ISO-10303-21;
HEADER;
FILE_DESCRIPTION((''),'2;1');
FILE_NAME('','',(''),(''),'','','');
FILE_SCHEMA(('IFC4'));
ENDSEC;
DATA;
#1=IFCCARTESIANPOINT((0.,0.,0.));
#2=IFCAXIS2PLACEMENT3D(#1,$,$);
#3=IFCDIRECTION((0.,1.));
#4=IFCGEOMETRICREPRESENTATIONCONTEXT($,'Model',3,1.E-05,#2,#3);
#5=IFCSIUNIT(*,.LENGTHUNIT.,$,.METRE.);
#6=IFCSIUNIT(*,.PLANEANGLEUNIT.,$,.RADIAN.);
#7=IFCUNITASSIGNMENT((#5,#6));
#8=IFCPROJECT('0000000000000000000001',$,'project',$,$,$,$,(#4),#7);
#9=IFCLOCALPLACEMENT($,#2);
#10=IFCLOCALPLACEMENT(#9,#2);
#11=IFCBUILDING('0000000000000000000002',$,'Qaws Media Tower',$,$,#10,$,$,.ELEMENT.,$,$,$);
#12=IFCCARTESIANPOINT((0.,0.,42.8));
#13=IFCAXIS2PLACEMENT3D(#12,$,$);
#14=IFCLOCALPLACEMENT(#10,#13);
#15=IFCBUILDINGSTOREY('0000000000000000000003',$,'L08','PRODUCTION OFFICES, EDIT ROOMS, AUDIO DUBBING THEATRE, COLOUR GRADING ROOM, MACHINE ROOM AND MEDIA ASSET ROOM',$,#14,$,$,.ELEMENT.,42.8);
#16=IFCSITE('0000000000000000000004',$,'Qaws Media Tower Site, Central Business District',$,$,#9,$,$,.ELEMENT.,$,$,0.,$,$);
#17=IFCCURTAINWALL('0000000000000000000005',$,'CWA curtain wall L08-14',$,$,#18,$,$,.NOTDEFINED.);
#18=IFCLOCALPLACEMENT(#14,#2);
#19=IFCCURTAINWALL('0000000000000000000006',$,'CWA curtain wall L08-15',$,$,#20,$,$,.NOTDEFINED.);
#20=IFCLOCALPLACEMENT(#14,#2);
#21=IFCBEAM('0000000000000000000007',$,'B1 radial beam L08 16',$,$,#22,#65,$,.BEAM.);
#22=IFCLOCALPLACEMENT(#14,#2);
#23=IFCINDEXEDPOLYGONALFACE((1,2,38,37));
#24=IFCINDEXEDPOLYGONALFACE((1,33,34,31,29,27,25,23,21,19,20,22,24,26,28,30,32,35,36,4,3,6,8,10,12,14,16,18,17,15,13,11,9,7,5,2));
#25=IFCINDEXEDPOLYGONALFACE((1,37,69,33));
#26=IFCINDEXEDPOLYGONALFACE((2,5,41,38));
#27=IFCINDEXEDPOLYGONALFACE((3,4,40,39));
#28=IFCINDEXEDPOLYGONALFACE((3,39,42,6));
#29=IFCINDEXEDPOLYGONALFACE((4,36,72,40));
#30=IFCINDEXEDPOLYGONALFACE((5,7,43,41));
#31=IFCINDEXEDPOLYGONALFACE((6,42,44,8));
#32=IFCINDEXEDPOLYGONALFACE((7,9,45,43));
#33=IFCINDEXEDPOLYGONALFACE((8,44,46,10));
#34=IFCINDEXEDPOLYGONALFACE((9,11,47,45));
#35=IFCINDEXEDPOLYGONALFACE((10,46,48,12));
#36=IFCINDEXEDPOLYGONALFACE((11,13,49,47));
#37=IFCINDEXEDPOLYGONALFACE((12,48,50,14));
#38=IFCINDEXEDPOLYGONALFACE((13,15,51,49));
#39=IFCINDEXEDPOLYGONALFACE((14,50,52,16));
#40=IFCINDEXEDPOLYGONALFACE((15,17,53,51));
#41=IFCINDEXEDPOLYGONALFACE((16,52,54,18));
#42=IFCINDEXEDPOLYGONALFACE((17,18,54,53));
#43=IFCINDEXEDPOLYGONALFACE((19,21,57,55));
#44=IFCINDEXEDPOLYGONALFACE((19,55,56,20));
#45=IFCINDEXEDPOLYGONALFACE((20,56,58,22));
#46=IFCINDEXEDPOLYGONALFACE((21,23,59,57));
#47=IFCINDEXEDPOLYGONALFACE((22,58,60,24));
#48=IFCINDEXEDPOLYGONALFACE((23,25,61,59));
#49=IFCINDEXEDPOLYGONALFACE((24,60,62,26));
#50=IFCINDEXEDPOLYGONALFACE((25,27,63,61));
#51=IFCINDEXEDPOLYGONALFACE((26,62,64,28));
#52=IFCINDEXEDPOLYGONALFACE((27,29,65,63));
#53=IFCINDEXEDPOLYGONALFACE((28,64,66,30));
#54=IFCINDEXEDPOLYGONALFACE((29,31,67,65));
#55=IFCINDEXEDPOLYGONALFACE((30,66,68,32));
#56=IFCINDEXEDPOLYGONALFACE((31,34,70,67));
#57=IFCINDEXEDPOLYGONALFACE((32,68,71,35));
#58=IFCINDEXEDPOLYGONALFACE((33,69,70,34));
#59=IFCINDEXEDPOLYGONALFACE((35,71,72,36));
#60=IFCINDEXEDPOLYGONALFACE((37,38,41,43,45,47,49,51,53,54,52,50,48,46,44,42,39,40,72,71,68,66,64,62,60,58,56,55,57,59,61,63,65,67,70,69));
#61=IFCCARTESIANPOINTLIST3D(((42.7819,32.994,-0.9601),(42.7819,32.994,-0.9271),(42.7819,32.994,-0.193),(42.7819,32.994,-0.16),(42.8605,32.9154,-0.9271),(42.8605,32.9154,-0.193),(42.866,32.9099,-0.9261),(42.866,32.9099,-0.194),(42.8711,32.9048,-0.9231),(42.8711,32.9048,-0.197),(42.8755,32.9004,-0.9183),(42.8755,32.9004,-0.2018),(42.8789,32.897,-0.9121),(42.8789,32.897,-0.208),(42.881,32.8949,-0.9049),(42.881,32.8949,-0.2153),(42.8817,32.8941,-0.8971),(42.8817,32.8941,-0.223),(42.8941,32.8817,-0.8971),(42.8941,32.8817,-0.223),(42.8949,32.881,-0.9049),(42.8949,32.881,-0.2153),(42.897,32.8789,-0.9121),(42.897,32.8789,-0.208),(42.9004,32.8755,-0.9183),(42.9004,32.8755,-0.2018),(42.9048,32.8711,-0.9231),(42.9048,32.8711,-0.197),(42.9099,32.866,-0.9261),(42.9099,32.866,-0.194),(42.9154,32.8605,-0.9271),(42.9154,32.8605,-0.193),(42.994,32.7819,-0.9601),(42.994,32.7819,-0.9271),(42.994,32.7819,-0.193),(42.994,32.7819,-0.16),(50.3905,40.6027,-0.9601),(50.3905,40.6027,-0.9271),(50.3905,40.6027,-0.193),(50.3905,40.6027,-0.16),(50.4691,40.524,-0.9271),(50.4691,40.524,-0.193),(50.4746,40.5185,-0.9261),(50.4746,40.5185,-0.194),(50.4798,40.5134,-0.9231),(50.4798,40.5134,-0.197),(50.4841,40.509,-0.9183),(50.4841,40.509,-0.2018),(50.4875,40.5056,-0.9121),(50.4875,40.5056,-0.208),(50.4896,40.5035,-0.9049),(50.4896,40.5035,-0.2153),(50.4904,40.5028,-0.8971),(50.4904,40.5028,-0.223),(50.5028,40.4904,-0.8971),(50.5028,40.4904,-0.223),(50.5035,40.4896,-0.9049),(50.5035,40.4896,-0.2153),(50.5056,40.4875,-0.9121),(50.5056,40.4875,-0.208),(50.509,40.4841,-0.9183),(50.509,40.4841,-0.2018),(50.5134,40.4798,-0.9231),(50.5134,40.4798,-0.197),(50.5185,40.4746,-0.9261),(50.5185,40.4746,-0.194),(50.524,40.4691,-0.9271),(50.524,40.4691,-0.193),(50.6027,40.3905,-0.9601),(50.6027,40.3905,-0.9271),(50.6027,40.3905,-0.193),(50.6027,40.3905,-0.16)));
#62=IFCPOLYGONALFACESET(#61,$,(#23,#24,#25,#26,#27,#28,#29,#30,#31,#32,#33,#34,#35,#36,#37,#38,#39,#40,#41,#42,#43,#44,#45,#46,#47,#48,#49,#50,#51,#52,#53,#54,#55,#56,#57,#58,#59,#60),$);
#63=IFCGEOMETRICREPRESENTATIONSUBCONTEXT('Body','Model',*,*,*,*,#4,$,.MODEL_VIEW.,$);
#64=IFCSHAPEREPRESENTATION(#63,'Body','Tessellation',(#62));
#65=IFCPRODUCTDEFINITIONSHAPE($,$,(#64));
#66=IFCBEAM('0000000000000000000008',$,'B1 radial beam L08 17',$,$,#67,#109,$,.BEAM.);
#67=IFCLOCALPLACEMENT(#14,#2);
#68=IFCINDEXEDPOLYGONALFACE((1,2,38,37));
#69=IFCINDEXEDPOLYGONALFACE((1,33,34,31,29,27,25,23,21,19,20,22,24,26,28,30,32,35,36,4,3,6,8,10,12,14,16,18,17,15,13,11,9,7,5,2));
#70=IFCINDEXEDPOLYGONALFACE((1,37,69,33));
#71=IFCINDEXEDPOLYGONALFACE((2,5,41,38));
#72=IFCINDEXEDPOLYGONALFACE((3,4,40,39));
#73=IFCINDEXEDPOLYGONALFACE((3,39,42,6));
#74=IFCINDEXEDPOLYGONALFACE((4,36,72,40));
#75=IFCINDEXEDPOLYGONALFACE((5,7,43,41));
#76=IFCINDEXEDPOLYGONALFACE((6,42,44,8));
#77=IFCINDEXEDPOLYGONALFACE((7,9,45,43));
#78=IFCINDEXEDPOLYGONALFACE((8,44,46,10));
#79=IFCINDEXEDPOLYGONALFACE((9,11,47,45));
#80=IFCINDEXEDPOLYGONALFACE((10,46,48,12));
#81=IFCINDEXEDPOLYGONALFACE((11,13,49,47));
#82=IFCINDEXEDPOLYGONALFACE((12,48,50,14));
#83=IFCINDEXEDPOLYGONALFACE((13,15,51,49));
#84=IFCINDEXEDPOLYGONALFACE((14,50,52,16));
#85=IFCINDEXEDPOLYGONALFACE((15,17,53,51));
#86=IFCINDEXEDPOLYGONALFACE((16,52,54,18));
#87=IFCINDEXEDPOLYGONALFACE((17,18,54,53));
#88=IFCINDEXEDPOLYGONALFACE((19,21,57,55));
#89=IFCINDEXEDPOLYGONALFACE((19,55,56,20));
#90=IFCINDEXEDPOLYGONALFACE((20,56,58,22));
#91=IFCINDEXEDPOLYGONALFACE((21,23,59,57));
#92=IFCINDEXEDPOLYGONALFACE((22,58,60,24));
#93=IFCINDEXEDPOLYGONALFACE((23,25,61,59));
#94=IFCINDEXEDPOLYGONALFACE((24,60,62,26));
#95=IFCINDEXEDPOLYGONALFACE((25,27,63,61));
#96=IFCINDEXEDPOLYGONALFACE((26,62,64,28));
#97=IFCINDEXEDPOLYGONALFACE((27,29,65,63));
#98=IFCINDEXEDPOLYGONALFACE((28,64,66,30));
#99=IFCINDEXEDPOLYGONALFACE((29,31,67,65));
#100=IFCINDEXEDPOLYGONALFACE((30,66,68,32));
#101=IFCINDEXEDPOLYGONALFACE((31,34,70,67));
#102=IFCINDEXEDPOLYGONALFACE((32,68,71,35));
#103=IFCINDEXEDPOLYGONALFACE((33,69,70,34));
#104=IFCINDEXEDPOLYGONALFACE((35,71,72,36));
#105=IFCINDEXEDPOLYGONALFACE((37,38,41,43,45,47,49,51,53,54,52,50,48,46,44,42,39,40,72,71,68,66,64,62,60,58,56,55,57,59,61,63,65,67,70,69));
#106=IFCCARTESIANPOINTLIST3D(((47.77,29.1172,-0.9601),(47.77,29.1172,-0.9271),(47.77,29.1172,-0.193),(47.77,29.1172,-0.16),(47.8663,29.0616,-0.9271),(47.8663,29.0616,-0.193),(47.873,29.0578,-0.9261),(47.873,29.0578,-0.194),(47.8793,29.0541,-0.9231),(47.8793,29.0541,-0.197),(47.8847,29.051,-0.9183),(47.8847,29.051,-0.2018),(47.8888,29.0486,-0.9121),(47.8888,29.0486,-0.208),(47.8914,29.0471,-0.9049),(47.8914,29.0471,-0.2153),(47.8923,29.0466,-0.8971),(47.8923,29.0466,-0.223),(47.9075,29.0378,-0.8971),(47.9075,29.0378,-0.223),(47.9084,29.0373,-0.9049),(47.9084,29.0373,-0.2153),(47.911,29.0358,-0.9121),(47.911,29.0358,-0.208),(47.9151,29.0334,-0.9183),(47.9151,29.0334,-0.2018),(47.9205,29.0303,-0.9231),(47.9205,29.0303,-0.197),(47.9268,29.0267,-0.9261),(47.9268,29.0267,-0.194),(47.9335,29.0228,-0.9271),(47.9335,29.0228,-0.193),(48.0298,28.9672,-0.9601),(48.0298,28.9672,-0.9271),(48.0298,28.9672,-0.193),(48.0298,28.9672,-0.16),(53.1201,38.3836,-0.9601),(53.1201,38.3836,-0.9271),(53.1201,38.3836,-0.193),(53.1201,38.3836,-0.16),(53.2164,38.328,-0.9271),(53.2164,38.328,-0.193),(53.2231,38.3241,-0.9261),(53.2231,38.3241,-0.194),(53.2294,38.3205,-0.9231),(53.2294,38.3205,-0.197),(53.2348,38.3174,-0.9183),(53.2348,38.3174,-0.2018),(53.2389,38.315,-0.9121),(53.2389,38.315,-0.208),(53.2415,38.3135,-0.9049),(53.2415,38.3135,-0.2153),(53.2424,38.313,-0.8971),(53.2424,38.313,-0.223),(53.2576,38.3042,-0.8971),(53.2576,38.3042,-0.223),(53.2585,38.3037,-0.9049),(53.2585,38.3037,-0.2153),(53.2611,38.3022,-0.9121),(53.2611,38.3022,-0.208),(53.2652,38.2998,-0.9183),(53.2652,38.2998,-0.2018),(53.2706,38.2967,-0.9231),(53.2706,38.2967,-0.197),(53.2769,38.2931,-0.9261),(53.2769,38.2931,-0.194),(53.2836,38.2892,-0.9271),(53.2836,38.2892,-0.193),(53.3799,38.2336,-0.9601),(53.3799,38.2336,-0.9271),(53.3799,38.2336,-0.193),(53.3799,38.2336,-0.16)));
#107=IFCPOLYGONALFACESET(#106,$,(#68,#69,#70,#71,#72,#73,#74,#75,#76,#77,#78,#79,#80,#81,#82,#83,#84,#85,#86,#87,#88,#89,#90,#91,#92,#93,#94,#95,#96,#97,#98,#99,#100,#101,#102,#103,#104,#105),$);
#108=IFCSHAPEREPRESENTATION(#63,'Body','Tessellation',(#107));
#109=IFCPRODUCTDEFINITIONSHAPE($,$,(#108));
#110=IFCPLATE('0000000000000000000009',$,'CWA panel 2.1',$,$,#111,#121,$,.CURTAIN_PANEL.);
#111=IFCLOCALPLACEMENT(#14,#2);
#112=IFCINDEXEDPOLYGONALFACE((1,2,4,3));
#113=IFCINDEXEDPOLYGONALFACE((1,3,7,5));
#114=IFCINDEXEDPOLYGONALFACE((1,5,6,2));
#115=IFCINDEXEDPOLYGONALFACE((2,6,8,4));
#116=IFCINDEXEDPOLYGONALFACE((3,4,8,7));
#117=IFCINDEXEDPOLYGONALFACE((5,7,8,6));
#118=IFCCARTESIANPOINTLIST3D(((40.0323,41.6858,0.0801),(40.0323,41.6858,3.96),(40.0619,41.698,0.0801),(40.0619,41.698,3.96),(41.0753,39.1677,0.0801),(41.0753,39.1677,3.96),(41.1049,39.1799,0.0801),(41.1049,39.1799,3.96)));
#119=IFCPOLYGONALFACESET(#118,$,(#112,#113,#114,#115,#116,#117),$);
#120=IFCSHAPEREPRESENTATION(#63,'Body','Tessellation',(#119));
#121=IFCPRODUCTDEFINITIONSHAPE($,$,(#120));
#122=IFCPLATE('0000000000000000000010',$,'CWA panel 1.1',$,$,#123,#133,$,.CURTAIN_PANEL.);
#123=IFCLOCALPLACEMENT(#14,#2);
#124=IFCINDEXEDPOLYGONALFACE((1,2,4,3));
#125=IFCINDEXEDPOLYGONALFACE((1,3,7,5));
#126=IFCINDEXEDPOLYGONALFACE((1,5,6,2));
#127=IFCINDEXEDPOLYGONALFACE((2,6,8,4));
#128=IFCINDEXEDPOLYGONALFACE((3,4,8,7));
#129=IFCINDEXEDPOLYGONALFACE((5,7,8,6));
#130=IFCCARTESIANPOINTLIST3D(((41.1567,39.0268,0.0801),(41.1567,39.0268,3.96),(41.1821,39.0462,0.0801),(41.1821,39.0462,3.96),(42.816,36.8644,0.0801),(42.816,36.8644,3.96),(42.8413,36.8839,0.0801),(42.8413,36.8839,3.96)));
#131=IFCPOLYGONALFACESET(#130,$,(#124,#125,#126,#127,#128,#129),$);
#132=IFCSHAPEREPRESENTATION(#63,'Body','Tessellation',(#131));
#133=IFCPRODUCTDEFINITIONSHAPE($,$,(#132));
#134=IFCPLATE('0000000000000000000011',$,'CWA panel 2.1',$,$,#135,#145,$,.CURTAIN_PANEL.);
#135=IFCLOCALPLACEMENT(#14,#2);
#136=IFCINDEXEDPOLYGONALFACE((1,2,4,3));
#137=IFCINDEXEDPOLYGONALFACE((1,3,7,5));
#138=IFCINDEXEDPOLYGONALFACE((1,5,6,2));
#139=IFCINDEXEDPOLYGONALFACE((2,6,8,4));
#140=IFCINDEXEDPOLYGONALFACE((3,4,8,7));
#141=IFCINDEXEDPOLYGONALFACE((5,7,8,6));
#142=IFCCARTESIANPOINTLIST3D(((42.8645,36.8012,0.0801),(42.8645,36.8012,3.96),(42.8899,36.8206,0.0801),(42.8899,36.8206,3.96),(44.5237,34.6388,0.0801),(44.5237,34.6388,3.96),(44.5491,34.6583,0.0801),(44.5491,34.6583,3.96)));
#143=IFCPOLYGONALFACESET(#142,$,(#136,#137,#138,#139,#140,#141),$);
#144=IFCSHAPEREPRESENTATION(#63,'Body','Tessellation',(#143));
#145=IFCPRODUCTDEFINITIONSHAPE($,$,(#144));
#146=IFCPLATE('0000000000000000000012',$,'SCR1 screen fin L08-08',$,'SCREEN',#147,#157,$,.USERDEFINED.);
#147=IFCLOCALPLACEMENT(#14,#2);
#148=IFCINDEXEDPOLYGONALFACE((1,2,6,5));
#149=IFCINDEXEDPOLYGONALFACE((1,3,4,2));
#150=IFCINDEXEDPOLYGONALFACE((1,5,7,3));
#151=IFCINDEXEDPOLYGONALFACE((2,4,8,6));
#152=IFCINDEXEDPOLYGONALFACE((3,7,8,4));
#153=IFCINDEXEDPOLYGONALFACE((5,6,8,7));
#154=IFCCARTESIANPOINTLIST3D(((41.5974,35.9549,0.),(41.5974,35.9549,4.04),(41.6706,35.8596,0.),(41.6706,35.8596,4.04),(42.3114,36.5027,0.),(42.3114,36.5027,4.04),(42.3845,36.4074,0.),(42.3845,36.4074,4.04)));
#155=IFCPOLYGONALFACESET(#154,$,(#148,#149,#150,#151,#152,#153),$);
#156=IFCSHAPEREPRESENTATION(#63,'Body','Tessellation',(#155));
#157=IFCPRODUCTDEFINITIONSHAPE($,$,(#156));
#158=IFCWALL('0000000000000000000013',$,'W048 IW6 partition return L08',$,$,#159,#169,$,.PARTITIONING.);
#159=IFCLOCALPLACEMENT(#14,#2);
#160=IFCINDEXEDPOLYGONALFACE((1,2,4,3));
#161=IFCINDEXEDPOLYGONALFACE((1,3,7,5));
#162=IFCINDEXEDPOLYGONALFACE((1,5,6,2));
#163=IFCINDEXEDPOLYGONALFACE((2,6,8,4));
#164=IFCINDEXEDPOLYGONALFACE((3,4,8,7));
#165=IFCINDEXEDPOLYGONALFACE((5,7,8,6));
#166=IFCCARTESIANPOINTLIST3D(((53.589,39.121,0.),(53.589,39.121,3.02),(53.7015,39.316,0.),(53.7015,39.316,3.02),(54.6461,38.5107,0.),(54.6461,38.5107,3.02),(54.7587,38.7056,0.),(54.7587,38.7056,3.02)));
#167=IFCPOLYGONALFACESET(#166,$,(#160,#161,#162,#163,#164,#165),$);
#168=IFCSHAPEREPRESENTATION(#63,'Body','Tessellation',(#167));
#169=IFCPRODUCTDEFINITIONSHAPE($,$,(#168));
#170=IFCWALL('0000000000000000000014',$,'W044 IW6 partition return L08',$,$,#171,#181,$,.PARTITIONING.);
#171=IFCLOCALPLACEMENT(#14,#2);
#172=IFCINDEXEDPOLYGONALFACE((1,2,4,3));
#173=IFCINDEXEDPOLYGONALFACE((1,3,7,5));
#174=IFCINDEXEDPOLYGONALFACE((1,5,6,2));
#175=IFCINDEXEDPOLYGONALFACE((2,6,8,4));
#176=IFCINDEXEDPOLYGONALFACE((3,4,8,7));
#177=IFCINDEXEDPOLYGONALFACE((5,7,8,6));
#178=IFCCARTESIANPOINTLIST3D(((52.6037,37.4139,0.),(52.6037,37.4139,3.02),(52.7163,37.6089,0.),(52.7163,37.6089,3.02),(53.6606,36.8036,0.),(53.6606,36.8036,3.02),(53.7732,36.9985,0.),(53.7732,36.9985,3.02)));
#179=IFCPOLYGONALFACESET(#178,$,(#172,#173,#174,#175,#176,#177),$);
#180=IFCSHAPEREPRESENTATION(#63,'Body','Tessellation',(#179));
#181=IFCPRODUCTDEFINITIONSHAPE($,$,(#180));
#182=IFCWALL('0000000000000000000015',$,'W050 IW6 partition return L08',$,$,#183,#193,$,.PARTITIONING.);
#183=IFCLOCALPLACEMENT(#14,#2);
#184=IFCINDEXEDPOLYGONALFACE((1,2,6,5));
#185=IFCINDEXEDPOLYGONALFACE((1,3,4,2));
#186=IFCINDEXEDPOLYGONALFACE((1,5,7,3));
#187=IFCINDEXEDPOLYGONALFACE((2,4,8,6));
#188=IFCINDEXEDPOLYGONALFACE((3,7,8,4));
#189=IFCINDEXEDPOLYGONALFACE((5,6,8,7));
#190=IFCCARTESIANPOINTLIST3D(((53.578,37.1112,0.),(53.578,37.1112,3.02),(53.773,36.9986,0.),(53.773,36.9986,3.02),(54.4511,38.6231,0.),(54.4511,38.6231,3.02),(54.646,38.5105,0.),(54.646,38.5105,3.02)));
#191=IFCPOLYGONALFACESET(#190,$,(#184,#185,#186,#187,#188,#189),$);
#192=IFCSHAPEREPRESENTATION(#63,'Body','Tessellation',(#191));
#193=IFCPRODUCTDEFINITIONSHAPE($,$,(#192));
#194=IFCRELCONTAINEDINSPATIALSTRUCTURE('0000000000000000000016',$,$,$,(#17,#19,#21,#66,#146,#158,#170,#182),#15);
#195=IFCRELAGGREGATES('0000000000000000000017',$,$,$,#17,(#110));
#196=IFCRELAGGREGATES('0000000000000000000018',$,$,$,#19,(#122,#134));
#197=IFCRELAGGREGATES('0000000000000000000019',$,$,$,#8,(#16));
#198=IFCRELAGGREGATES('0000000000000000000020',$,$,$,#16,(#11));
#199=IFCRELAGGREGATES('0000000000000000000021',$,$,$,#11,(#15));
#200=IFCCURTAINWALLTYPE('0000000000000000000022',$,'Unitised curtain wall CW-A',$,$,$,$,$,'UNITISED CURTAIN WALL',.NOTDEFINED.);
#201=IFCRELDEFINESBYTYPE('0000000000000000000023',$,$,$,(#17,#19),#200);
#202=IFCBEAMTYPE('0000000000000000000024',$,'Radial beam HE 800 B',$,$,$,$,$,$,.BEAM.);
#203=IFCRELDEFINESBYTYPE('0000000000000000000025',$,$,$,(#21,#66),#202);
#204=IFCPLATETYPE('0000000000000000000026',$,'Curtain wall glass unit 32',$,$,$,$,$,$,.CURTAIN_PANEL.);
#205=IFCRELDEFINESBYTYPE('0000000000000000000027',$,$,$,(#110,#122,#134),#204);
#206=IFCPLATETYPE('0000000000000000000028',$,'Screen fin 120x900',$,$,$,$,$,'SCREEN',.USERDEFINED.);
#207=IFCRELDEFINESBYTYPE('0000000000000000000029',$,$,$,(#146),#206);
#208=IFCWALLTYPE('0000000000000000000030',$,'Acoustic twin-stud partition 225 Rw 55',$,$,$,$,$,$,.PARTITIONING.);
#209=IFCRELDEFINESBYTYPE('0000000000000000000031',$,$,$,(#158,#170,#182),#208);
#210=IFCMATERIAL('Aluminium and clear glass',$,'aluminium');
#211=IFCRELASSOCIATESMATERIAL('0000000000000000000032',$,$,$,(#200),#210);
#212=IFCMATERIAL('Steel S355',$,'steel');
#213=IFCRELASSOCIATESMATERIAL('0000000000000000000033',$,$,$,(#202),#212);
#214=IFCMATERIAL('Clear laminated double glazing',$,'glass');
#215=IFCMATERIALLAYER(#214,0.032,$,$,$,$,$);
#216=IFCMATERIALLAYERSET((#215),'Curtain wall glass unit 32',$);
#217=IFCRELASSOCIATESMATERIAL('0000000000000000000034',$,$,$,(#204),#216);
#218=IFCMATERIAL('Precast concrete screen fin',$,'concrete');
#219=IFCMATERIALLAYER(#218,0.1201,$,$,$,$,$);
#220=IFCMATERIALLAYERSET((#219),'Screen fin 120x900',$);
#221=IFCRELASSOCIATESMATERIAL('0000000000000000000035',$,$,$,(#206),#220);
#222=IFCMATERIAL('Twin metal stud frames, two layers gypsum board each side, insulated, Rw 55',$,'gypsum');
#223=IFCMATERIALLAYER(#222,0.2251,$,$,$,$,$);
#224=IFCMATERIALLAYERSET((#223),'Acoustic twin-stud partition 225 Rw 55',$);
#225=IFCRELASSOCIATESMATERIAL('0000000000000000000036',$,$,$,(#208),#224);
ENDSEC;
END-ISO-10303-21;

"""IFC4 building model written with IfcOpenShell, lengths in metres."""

from ifc_helpers import new_model, si_unit, direction, frame, frame_2d, origin, origin_2d, place, context, subcontext, project, spatial, rectangle, i_section, extrude, material, layer, layer_set, material_profile, profile_set, type_object, element, aggregate, save


model = new_model("IFC4")

# Units and contexts
model_context = context("Model", 3, precision=1e-05, world=origin(), true_north=direction((0.0, 1.0)))
body_context = subcontext(model_context, "Body", "Model", "MODEL_VIEW")
ifc_project = project(units=[si_unit("LENGTHUNIT", "METRE"), si_unit("PLANEANGLEUNIT", "RADIAN")], contexts=[model_context])

# Site, building, storey
site_placement = place(None, origin())
site = spatial("IfcSite", under=ifc_project, at=site_placement, Name="Qaws Media Tower Site, Central Business District", CompositionType="ELEMENT", RefElevation=0.0)
building_placement = place(site_placement, origin())
building = spatial("IfcBuilding", under=site, at=building_placement, Name="Qaws Media Tower", CompositionType="ELEMENT")
storey_placement = place(building_placement, frame((0.0, 0.0, 42.8)))
storey = spatial("IfcBuildingStorey", under=building, at=storey_placement, Name="L08", Description="PRODUCTION OFFICES, EDIT ROOMS, AUDIO DUBBING THEATRE, COLOUR GRADING ROOM, MACHINE ROOM AND MEDIA ASSET ROOM", CompositionType="ELEMENT", Elevation=42.8)

# Curtain wall
ifc_material_1 = material(Name="Aluminium and clear glass", Category="aluminium")
curtain_wall_type = type_object("IfcCurtainWallType", Name="Unitised curtain wall CW-A", ElementType="UNITISED CURTAIN WALL", PredefinedType="NOTDEFINED", material=ifc_material_1)
curtain_wall_1_placement = place(storey_placement, origin())
curtain_wall_1 = element("IfcCurtainWall", 1, at=curtain_wall_1_placement, inside=storey, type_object=curtain_wall_type, Name="CWA curtain wall L08-14", PredefinedType="NOTDEFINED")

# Curtain wall
curtain_wall_2_placement = place(storey_placement, origin())
curtain_wall_2 = element("IfcCurtainWall", 2, at=curtain_wall_2_placement, inside=storey, type_object=curtain_wall_type, Name="CWA curtain wall L08-15", PredefinedType="NOTDEFINED")

# Beams
ifc_material_2 = material(Name="Steel S355", Category="steel")
ifc_material_profile_1 = material_profile(ifc_material_2, i_section(OverallWidth=0.3, OverallDepth=0.8, WebThickness=0.0176, FlangeThickness=0.033, FilletRadius=0.03, at=origin_2d()), Name="HE 800 B")
ifc_profile_set_1 = profile_set([ifc_material_profile_1], Name="Steel S355")
beam_type_1 = type_object("IfcBeamType", Name="Radial beam HE 800 B", PredefinedType="BEAM", material=ifc_profile_set_1)
beam_1_placement = place(storey_placement, frame((50.4966, 40.4966, -0.5601), z_axis=(-0.707107, -0.707107, 0.0), x_axis=(0.707107, -0.707107, 0.0)))
element("IfcBeam", 3, at=beam_1_placement, inside=storey, type_object=beam_type_1, Name="B1 radial beam L08 16", PredefinedType="BEAM", context=body_context, shape_type="SweptSolid", body=[
    extrude(i_section(OverallWidth=0.3, OverallDepth=0.8, WebThickness=0.0176, FlangeThickness=0.033, FilletRadius=0.03, at=origin_2d()), origin(), (0.0, 0.0, 1.0), 10.7603),
])
beam_2_placement = place(storey_placement, frame((53.25, 38.3086, -0.5601), z_axis=(-0.500011, -0.866019, 0.0), x_axis=(0.866019, -0.500011, 0.0)))
element("IfcBeam", 4, at=beam_2_placement, inside=storey, type_object=beam_type_1, Name="B1 radial beam L08 17", PredefinedType="BEAM", context=body_context, shape_type="SweptSolid", body=[
    extrude(i_section(OverallWidth=0.3, OverallDepth=0.8, WebThickness=0.0176, FlangeThickness=0.033, FilletRadius=0.03, at=origin_2d()), origin(), (0.0, 0.0, 1.0), 10.7),
])

# Plates
ifc_material_3 = material(Name="Clear laminated double glazing", Category="glass")
ifc_layer_1 = layer(ifc_material_3, 0.032)
ifc_layer_set_1 = layer_set([ifc_layer_1], Name="Curtain wall glass unit 32")
plate_type_1 = type_object("IfcPlateType", Name="Curtain wall glass unit 32", PredefinedType="CURTAIN_PANEL", material=ifc_layer_set_1)
plate_1_placement = place(storey_placement, frame((40.5686, 40.4329, 0.0801), z_axis=(0.0, 0.0, 1.0), x_axis=(0.382683, -0.92388, 0.0)))
plate_1 = element("IfcPlate", 5, at=plate_1_placement, type_object=plate_type_1, Name="CWA panel 2.1", PredefinedType="CURTAIN_PANEL", context=body_context, shape_type="SweptSolid", body=[
    extrude(rectangle(XDim=2.7256, YDim=0.032, at=origin_2d()), origin(), (0.0, 0.0, 1.0), 3.8799),
])
aggregate(curtain_wall_1, [plate_1])
plate_2_placement = place(storey_placement, frame((41.999, 37.9553, 0.0801), z_axis=(0.0, 0.0, 1.0), x_axis=(0.608761, -0.793353, 0.0)))
plate_2 = element("IfcPlate", 6, at=plate_2_placement, type_object=plate_type_1, Name="CWA panel 1.1", PredefinedType="CURTAIN_PANEL", context=body_context, shape_type="SweptSolid", body=[
    extrude(rectangle(XDim=2.7256, YDim=0.032, at=origin_2d()), origin(), (0.0, 0.0, 1.0), 3.8799),
])
plate_3_placement = place(storey_placement, frame((43.7068, 35.7297, 0.0801), z_axis=(0.0, 0.0, 1.0), x_axis=(0.608761, -0.793353, 0.0)))
plate_3 = element("IfcPlate", 7, at=plate_3_placement, type_object=plate_type_1, Name="CWA panel 2.1", PredefinedType="CURTAIN_PANEL", context=body_context, shape_type="SweptSolid", body=[
    extrude(rectangle(XDim=2.7256, YDim=0.032, at=origin_2d()), origin(), (0.0, 0.0, 1.0), 3.8799),
])
aggregate(curtain_wall_2, [plate_2, plate_3])
ifc_material_4 = material(Name="Precast concrete screen fin", Category="concrete")
ifc_layer_2 = layer(ifc_material_4, 0.1201)
ifc_layer_set_2 = layer_set([ifc_layer_2], Name="Screen fin 120x900")
plate_type_2 = type_object("IfcPlateType", Name="Screen fin 120x900", ElementType="SCREEN", PredefinedType="USERDEFINED", material=ifc_layer_set_2)
plate_4_placement = place(storey_placement, frame((41.991, 36.1812, 0.0), z_axis=(0.0, 0.0, 1.0), x_axis=(-0.793353, -0.608761, 0.0)))
element("IfcPlate", 8, at=plate_4_placement, inside=storey, type_object=plate_type_2, Name="SCR1 screen fin L08-08", ObjectType="SCREEN", PredefinedType="USERDEFINED", context=body_context, shape_type="SweptSolid", body=[
    extrude(rectangle(XDim=0.8999, YDim=0.1201, at=origin_2d()), origin(), (0.0, 0.0, 1.0), 4.04),
])

# Walls
ifc_material_5 = material(Name="Twin metal stud frames, two layers gypsum board each side, insulated, Rw 55", Category="gypsum")
ifc_layer_3 = layer(ifc_material_5, 0.2251)
ifc_layer_set_3 = layer_set([ifc_layer_3], Name="Acoustic twin-stud partition 225 Rw 55")
wall_type_1 = type_object("IfcWallType", Name="Acoustic twin-stud partition 225 Rw 55", PredefinedType="PARTITIONING", material=ifc_layer_set_3)
wall_1_placement = place(storey_placement, frame((53.6453, 39.2185, 0.0), z_axis=(0.0, 0.0, 1.0), x_axis=(0.866019, -0.500011, 0.0)))
element("IfcWall", 9, at=wall_1_placement, inside=storey, type_object=wall_type_1, Name="W048 IW6 partition return L08", PredefinedType="PARTITIONING", context=body_context, shape_type="SweptSolid", body=[
    extrude(rectangle(XDim=1.2207, YDim=0.2251, at=frame_2d((0.6104, 0.0))), origin(), (0.0, 0.0, 1.0), 3.02),
])
wall_2_placement = place(storey_placement, frame((52.6599, 37.5115, 0.0), z_axis=(0.0, 0.0, 1.0), x_axis=(0.865969, -0.500098, 0.0)))
element("IfcWall", 10, at=wall_2_placement, inside=storey, type_object=wall_type_1, Name="W044 IW6 partition return L08", PredefinedType="PARTITIONING", context=body_context, shape_type="SweptSolid", body=[
    extrude(rectangle(XDim=1.2205, YDim=0.2251, at=frame_2d((0.6104, 0.0))), origin(), (0.0, 0.0, 1.0), 3.02),
])
wall_3_placement = place(storey_placement, frame((54.5486, 38.5669, 0.0), z_axis=(0.0, 0.0, 1.0), x_axis=(-0.500049, -0.865997, 0.0)))
element("IfcWall", 11, at=wall_3_placement, inside=storey, type_object=wall_type_1, Name="W050 IW6 partition return L08", PredefinedType="PARTITIONING", context=body_context, shape_type="SweptSolid", body=[
    extrude(rectangle(XDim=1.7458, YDim=0.2251, at=frame_2d((0.873, 0.0))), origin(), (0.0, 0.0, 1.0), 3.02),
])

save(model, "model.ifc")
